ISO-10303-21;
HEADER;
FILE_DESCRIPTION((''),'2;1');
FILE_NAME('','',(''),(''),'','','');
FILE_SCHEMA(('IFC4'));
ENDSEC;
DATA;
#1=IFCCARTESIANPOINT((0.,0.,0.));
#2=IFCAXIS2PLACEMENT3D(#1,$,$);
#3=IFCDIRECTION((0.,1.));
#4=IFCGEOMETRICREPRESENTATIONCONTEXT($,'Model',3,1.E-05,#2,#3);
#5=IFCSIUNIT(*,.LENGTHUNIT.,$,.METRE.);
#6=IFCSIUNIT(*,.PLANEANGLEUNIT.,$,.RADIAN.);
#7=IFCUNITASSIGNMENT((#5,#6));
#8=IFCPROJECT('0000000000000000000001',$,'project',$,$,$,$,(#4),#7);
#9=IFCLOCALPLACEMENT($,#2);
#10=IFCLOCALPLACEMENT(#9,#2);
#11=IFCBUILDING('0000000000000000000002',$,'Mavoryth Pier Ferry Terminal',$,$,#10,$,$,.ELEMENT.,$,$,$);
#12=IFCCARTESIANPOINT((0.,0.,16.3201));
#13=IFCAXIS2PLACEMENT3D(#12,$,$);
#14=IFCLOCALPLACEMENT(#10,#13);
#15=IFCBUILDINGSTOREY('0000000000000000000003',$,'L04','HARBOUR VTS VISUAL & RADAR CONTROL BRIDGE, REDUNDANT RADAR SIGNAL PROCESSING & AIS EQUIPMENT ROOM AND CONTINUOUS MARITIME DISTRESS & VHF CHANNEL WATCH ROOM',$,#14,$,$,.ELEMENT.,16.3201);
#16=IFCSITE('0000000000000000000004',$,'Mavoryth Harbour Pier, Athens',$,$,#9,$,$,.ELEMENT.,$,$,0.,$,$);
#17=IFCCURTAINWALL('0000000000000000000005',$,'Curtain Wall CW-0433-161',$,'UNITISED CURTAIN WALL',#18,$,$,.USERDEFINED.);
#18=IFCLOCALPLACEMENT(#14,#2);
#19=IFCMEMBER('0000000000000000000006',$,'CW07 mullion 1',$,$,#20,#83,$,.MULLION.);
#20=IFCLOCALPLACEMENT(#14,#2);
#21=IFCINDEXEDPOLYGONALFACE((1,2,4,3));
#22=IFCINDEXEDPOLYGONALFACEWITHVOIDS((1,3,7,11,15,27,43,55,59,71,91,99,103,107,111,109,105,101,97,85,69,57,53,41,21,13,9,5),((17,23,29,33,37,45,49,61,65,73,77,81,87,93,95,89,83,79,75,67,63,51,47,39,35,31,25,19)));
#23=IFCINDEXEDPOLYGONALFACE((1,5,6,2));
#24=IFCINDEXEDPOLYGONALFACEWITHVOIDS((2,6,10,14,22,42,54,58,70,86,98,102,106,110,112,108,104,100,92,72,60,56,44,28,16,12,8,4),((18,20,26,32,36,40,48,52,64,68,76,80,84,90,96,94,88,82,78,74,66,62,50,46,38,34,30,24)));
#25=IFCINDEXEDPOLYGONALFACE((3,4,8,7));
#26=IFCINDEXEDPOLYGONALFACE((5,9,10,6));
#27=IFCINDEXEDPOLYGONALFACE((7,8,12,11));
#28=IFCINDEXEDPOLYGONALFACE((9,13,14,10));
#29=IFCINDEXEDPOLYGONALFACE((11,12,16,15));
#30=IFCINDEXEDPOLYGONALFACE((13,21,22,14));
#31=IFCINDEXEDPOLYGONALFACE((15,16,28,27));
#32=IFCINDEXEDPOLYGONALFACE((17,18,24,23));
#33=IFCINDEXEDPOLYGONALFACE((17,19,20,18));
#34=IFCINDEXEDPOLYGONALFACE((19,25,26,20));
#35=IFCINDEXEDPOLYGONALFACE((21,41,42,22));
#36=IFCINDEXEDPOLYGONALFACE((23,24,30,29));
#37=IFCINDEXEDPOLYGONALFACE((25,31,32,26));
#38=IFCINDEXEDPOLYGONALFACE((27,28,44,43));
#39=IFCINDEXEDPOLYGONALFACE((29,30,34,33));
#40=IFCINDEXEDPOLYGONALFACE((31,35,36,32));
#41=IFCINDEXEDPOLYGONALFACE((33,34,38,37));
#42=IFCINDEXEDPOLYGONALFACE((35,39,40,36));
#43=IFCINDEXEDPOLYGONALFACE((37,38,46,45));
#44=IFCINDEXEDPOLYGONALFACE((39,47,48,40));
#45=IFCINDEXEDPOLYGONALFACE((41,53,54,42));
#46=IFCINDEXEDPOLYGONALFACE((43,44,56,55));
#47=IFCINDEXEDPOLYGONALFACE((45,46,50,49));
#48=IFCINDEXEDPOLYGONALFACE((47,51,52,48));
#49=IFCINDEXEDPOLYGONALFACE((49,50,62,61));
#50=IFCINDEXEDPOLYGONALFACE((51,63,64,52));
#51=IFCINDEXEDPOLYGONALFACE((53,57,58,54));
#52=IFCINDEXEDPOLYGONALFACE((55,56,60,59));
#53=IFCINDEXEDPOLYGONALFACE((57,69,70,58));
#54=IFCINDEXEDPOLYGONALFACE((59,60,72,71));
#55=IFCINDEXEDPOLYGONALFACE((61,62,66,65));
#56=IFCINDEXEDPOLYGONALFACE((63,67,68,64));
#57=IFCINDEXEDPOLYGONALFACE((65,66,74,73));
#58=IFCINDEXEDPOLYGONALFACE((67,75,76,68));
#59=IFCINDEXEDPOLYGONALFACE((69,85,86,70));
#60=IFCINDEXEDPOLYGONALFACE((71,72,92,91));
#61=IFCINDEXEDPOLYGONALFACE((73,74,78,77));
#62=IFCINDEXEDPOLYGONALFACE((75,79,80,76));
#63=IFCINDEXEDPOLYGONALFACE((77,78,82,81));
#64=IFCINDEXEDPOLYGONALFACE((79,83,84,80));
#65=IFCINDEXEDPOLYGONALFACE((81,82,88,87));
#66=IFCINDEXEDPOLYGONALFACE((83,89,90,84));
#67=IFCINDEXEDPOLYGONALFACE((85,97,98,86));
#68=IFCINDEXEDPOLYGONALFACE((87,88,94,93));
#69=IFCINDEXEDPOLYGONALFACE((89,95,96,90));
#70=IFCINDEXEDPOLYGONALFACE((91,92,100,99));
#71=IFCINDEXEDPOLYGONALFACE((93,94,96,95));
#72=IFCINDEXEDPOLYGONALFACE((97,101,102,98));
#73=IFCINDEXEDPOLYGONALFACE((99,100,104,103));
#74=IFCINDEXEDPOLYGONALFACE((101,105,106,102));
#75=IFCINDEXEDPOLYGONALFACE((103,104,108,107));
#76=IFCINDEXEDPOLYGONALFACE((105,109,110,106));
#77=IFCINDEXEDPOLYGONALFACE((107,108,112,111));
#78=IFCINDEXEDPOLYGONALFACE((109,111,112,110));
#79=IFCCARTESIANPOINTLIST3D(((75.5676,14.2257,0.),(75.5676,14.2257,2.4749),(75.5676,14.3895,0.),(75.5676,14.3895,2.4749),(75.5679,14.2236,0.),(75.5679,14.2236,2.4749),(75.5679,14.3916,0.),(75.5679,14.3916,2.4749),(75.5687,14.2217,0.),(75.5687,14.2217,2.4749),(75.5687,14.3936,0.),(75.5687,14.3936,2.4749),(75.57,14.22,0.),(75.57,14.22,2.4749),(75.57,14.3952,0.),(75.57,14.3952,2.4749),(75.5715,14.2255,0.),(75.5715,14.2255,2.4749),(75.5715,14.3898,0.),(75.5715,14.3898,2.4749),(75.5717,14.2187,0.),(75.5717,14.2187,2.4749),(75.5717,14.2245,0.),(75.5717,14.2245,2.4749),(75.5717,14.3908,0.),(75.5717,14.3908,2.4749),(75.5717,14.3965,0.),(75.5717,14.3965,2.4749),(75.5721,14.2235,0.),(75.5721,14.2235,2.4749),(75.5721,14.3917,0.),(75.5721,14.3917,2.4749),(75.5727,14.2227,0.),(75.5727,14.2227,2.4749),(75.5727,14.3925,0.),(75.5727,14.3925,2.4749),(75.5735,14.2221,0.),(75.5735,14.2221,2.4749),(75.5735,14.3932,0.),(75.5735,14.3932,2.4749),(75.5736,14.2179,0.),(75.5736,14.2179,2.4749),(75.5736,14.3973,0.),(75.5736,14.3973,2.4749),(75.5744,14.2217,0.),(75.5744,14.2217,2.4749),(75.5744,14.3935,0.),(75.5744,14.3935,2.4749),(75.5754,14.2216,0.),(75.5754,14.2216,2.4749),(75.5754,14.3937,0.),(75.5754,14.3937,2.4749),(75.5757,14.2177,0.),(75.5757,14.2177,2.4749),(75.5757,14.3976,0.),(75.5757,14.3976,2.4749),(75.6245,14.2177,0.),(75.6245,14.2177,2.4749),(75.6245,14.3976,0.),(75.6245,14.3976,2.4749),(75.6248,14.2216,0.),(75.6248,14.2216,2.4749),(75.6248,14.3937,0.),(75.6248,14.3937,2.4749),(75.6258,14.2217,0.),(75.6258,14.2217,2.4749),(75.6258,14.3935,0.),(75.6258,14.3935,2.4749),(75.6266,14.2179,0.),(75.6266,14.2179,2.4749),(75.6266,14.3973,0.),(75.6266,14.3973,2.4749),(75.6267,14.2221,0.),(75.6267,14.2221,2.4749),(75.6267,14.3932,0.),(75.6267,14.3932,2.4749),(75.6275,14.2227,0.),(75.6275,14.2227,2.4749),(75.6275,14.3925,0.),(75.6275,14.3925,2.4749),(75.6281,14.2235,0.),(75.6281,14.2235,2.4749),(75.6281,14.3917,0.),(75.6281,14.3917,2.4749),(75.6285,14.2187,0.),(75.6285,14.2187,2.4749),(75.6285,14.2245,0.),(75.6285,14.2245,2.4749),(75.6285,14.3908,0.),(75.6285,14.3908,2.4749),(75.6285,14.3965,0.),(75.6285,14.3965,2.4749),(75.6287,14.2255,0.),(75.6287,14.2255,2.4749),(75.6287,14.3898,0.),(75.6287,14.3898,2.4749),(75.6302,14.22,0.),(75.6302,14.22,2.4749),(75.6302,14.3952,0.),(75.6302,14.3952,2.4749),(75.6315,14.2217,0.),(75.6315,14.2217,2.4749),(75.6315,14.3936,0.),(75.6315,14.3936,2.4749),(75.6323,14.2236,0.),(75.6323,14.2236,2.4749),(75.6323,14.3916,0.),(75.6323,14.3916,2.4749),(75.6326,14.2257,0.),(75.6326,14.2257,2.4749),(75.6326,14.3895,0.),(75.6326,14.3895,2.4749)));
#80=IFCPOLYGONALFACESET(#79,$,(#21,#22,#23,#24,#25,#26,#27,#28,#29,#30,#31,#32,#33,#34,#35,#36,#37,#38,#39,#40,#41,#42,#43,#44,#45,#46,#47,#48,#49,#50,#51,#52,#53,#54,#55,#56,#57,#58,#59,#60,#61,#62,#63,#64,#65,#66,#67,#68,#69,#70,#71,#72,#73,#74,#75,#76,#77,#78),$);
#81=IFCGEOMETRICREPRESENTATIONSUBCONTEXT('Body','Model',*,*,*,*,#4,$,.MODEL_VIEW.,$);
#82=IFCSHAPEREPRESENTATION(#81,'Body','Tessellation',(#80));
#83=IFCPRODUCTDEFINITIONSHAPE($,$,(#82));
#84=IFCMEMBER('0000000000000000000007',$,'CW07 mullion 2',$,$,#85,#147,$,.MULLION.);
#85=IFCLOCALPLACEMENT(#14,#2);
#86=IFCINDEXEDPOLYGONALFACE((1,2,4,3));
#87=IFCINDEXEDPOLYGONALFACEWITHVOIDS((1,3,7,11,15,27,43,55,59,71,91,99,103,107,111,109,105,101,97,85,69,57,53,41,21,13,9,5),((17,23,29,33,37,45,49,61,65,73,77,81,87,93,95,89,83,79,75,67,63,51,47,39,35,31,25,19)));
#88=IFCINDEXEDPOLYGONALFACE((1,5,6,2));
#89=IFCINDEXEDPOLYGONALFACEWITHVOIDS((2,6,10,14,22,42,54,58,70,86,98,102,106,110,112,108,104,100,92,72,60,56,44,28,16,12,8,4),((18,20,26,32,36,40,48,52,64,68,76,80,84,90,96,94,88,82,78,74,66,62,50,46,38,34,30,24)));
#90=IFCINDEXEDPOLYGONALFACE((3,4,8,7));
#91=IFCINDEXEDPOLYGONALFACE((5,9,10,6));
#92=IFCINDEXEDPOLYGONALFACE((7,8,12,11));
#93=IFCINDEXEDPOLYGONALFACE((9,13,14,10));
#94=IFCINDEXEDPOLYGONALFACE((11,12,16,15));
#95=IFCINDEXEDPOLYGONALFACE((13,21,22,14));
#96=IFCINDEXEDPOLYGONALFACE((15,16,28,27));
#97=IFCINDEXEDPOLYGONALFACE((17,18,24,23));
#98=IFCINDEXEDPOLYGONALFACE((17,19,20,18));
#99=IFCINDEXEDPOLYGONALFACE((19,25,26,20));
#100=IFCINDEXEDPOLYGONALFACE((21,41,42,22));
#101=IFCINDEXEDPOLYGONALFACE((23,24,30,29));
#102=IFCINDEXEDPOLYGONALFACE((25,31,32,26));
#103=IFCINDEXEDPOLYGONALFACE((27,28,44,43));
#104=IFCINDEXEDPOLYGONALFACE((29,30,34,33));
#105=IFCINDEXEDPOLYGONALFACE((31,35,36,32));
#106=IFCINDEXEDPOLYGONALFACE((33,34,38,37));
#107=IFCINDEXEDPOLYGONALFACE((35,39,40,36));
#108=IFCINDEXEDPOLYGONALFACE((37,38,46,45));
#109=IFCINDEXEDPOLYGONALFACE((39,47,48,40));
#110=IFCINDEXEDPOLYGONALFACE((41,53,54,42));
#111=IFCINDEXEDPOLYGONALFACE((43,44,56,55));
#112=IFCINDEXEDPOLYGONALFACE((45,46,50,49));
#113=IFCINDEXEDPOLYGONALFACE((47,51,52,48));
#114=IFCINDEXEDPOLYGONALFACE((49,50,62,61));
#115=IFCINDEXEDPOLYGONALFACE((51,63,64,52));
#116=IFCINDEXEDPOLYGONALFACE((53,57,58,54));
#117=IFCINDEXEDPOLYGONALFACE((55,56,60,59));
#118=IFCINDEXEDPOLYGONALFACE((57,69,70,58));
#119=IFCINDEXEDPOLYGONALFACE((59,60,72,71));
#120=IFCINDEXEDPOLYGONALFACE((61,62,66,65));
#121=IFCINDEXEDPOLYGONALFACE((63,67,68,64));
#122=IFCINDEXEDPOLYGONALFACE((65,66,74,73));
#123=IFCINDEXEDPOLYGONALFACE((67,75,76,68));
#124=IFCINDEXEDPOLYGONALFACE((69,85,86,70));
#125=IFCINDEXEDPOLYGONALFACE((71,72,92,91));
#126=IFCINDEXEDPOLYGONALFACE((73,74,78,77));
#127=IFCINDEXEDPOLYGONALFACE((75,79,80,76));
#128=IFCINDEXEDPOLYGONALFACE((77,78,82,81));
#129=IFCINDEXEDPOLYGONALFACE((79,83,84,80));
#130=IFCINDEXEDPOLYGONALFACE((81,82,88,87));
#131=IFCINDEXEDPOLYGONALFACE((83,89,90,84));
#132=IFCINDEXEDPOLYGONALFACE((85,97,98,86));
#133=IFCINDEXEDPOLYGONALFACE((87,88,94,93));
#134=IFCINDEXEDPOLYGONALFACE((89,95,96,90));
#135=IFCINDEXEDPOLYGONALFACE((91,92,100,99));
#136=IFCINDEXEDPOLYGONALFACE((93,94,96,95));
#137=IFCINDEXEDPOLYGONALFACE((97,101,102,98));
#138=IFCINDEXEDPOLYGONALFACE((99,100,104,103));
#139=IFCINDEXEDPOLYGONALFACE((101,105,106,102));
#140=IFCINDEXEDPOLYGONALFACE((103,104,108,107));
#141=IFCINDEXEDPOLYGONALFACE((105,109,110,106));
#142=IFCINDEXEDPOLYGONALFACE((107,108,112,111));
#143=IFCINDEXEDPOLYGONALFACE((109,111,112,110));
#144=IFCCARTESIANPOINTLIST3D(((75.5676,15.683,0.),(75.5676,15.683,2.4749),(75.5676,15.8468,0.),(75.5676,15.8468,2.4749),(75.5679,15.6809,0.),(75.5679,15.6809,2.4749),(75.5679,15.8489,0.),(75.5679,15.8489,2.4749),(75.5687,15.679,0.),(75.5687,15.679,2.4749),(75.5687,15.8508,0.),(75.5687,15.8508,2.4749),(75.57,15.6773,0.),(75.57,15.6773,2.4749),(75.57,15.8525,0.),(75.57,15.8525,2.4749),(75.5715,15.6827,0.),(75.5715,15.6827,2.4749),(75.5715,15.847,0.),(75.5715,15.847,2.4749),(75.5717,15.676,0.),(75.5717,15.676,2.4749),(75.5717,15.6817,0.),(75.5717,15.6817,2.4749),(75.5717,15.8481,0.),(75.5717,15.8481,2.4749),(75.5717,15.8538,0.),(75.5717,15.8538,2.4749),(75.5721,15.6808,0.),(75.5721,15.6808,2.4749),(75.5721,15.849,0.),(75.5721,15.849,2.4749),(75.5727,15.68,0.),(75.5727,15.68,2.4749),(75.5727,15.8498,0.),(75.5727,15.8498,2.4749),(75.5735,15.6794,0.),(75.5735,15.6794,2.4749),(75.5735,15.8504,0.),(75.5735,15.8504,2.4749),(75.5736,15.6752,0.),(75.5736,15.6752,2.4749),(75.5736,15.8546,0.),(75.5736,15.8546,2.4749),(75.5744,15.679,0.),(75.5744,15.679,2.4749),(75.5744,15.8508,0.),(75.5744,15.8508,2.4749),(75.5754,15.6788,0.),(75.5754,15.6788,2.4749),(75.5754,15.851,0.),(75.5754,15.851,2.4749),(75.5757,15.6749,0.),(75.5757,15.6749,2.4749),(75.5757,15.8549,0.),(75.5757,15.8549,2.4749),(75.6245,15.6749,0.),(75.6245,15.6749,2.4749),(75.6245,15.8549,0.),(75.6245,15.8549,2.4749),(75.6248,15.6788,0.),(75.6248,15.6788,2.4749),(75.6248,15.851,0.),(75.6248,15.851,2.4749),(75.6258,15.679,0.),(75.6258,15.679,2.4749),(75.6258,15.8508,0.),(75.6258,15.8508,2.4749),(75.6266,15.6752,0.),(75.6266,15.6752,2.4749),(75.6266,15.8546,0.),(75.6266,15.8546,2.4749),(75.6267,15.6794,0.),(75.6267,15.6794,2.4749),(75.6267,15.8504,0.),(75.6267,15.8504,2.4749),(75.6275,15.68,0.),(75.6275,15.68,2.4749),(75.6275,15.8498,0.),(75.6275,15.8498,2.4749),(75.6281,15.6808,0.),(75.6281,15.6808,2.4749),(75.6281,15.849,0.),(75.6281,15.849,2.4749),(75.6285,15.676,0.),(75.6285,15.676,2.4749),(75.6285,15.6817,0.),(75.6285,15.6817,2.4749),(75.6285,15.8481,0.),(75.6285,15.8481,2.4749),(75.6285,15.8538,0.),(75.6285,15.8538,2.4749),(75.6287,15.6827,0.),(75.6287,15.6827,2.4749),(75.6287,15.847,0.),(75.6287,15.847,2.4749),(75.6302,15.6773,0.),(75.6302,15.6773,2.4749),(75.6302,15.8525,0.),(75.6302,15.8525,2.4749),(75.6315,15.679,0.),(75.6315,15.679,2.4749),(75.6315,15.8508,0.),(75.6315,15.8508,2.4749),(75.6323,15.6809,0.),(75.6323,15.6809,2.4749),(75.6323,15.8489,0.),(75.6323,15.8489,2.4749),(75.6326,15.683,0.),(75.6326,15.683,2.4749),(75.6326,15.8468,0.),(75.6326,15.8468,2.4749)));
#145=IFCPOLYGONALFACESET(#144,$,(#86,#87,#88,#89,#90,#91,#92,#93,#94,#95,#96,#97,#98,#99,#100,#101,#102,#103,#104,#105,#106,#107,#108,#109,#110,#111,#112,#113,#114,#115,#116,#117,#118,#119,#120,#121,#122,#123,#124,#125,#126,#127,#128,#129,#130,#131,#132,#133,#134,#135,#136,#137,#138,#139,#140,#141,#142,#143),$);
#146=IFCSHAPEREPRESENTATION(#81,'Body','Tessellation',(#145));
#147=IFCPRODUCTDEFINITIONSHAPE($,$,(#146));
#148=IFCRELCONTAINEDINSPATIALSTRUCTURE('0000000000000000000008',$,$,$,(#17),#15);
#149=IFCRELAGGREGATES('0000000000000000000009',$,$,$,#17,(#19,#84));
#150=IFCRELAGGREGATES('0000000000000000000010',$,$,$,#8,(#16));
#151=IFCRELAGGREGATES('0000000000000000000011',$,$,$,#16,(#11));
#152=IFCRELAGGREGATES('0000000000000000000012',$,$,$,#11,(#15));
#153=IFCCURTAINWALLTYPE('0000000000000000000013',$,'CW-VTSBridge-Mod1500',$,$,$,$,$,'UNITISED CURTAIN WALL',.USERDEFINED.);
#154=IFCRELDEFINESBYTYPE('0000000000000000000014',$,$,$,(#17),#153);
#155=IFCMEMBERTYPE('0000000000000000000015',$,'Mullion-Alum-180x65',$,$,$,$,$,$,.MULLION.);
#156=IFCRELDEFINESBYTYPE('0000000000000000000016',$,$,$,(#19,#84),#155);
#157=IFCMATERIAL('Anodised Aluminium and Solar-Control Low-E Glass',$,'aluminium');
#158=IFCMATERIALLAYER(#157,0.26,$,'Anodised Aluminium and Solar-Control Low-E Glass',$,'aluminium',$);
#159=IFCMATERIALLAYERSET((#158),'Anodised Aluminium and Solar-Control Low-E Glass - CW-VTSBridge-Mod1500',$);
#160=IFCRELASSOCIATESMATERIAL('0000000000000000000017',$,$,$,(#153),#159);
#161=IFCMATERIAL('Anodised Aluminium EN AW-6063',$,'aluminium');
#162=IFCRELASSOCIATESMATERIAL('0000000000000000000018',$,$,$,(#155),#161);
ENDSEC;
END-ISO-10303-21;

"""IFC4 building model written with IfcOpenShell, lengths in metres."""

from ifc_helpers import new_model, si_unit, direction, frame, origin, origin_2d, place, context, subcontext, project, spatial, hollow_rectangle, extrude, material, layer, layer_set, material_profile, profile_set, type_object, element, aggregate, save


model = new_model("IFC4")

# Units and contexts
model_context = context("Model", 3, precision=1e-05, world=origin(), true_north=direction((0.0, 1.0)))
body_context = subcontext(model_context, "Body", "Model", "MODEL_VIEW")
ifc_project = project(units=[si_unit("LENGTHUNIT", "METRE"), si_unit("PLANEANGLEUNIT", "RADIAN")], contexts=[model_context])

# Site, building, storey
site_placement = place(None, origin())
site = spatial("IfcSite", under=ifc_project, at=site_placement, Name="Mavoryth Harbour Pier, Athens", CompositionType="ELEMENT", RefElevation=0.0)
building_placement = place(site_placement, origin())
building = spatial("IfcBuilding", under=site, at=building_placement, Name="Mavoryth Pier Ferry Terminal", CompositionType="ELEMENT")
storey_placement = place(building_placement, frame((0.0, 0.0, 16.3201)))
storey = spatial("IfcBuildingStorey", under=building, at=storey_placement, Name="L04", Description="HARBOUR VTS VISUAL & RADAR CONTROL BRIDGE, REDUNDANT RADAR SIGNAL PROCESSING & AIS EQUIPMENT ROOM AND CONTINUOUS MARITIME DISTRESS & VHF CHANNEL WATCH ROOM", CompositionType="ELEMENT", Elevation=16.3201)

# Shared definitions
ifc_material_1 = material(Name="Anodised Aluminium and Solar-Control Low-E Glass", Category="aluminium")
ifc_layer_1 = layer(ifc_material_1, 0.26, Name="Anodised Aluminium and Solar-Control Low-E Glass", Category="aluminium")
ifc_layer_set_1 = layer_set([ifc_layer_1], Name="Anodised Aluminium and Solar-Control Low-E Glass - CW-VTSBridge-Mod1500")
curtain_wall_type = type_object("IfcCurtainWallType", Name="CW-VTSBridge-Mod1500", ElementType="UNITISED CURTAIN WALL", PredefinedType="USERDEFINED", material=ifc_layer_set_1)
ifc_material_2 = material(Name="Anodised Aluminium EN AW-6063", Category="aluminium")
ifc_material_profile_1 = material_profile(ifc_material_2, hollow_rectangle(XDim=0.0649, YDim=0.1799, WallThickness=0.0039, InnerFilletRadius=0.0039, OuterFilletRadius=0.0081, at=origin_2d()), Name="AL-MULL 180x65x4", Category="aluminium")
ifc_profile_set_1 = profile_set([ifc_material_profile_1], Name="Anodised Aluminium EN AW-6063 - AL-MULL 180x65x4")
member_type_1 = type_object("IfcMemberType", Name="Mullion-Alum-180x65", PredefinedType="MULLION", material=ifc_profile_set_1)

# Curtain wall, members
curtain_wall_1_placement = place(storey_placement, origin())
curtain_wall_1 = element("IfcCurtainWall", 1, at=curtain_wall_1_placement, inside=storey, type_object=curtain_wall_type, Name="Curtain Wall CW-0433-161", ObjectType="UNITISED CURTAIN WALL", PredefinedType="USERDEFINED")
member_1_placement = place(storey_placement, frame((75.6001, 14.3076, 0.0), z_axis=(0.0, 0.0, 1.0), x_axis=(-1.0, 0.0, 0.0)))
member_1 = element("IfcMember", 2, at=member_1_placement, type_object=member_type_1, Name="CW07 mullion 1", PredefinedType="MULLION", context=body_context, shape_type="SweptSolid", body=[
    extrude(hollow_rectangle(XDim=0.0649, YDim=0.1799, WallThickness=0.0039, InnerFilletRadius=0.0039, OuterFilletRadius=0.0081, at=origin_2d()), origin(), (0.0, 0.0, 1.0), 2.4749),
])
member_2_placement = place(storey_placement, frame((75.6001, 15.7649, 0.0), z_axis=(0.0, 0.0, 1.0), x_axis=(-1.0, 0.0, 0.0)))
member_2 = element("IfcMember", 3, at=member_2_placement, type_object=member_type_1, Name="CW07 mullion 2", PredefinedType="MULLION", context=body_context, shape_type="SweptSolid", body=[
    extrude(hollow_rectangle(XDim=0.0649, YDim=0.1799, WallThickness=0.0039, InnerFilletRadius=0.0039, OuterFilletRadius=0.0081, at=origin_2d()), origin(), (0.0, 0.0, 1.0), 2.4749),
])
aggregate(curtain_wall_1, [member_1, member_2])

save(model, "model.ifc")
